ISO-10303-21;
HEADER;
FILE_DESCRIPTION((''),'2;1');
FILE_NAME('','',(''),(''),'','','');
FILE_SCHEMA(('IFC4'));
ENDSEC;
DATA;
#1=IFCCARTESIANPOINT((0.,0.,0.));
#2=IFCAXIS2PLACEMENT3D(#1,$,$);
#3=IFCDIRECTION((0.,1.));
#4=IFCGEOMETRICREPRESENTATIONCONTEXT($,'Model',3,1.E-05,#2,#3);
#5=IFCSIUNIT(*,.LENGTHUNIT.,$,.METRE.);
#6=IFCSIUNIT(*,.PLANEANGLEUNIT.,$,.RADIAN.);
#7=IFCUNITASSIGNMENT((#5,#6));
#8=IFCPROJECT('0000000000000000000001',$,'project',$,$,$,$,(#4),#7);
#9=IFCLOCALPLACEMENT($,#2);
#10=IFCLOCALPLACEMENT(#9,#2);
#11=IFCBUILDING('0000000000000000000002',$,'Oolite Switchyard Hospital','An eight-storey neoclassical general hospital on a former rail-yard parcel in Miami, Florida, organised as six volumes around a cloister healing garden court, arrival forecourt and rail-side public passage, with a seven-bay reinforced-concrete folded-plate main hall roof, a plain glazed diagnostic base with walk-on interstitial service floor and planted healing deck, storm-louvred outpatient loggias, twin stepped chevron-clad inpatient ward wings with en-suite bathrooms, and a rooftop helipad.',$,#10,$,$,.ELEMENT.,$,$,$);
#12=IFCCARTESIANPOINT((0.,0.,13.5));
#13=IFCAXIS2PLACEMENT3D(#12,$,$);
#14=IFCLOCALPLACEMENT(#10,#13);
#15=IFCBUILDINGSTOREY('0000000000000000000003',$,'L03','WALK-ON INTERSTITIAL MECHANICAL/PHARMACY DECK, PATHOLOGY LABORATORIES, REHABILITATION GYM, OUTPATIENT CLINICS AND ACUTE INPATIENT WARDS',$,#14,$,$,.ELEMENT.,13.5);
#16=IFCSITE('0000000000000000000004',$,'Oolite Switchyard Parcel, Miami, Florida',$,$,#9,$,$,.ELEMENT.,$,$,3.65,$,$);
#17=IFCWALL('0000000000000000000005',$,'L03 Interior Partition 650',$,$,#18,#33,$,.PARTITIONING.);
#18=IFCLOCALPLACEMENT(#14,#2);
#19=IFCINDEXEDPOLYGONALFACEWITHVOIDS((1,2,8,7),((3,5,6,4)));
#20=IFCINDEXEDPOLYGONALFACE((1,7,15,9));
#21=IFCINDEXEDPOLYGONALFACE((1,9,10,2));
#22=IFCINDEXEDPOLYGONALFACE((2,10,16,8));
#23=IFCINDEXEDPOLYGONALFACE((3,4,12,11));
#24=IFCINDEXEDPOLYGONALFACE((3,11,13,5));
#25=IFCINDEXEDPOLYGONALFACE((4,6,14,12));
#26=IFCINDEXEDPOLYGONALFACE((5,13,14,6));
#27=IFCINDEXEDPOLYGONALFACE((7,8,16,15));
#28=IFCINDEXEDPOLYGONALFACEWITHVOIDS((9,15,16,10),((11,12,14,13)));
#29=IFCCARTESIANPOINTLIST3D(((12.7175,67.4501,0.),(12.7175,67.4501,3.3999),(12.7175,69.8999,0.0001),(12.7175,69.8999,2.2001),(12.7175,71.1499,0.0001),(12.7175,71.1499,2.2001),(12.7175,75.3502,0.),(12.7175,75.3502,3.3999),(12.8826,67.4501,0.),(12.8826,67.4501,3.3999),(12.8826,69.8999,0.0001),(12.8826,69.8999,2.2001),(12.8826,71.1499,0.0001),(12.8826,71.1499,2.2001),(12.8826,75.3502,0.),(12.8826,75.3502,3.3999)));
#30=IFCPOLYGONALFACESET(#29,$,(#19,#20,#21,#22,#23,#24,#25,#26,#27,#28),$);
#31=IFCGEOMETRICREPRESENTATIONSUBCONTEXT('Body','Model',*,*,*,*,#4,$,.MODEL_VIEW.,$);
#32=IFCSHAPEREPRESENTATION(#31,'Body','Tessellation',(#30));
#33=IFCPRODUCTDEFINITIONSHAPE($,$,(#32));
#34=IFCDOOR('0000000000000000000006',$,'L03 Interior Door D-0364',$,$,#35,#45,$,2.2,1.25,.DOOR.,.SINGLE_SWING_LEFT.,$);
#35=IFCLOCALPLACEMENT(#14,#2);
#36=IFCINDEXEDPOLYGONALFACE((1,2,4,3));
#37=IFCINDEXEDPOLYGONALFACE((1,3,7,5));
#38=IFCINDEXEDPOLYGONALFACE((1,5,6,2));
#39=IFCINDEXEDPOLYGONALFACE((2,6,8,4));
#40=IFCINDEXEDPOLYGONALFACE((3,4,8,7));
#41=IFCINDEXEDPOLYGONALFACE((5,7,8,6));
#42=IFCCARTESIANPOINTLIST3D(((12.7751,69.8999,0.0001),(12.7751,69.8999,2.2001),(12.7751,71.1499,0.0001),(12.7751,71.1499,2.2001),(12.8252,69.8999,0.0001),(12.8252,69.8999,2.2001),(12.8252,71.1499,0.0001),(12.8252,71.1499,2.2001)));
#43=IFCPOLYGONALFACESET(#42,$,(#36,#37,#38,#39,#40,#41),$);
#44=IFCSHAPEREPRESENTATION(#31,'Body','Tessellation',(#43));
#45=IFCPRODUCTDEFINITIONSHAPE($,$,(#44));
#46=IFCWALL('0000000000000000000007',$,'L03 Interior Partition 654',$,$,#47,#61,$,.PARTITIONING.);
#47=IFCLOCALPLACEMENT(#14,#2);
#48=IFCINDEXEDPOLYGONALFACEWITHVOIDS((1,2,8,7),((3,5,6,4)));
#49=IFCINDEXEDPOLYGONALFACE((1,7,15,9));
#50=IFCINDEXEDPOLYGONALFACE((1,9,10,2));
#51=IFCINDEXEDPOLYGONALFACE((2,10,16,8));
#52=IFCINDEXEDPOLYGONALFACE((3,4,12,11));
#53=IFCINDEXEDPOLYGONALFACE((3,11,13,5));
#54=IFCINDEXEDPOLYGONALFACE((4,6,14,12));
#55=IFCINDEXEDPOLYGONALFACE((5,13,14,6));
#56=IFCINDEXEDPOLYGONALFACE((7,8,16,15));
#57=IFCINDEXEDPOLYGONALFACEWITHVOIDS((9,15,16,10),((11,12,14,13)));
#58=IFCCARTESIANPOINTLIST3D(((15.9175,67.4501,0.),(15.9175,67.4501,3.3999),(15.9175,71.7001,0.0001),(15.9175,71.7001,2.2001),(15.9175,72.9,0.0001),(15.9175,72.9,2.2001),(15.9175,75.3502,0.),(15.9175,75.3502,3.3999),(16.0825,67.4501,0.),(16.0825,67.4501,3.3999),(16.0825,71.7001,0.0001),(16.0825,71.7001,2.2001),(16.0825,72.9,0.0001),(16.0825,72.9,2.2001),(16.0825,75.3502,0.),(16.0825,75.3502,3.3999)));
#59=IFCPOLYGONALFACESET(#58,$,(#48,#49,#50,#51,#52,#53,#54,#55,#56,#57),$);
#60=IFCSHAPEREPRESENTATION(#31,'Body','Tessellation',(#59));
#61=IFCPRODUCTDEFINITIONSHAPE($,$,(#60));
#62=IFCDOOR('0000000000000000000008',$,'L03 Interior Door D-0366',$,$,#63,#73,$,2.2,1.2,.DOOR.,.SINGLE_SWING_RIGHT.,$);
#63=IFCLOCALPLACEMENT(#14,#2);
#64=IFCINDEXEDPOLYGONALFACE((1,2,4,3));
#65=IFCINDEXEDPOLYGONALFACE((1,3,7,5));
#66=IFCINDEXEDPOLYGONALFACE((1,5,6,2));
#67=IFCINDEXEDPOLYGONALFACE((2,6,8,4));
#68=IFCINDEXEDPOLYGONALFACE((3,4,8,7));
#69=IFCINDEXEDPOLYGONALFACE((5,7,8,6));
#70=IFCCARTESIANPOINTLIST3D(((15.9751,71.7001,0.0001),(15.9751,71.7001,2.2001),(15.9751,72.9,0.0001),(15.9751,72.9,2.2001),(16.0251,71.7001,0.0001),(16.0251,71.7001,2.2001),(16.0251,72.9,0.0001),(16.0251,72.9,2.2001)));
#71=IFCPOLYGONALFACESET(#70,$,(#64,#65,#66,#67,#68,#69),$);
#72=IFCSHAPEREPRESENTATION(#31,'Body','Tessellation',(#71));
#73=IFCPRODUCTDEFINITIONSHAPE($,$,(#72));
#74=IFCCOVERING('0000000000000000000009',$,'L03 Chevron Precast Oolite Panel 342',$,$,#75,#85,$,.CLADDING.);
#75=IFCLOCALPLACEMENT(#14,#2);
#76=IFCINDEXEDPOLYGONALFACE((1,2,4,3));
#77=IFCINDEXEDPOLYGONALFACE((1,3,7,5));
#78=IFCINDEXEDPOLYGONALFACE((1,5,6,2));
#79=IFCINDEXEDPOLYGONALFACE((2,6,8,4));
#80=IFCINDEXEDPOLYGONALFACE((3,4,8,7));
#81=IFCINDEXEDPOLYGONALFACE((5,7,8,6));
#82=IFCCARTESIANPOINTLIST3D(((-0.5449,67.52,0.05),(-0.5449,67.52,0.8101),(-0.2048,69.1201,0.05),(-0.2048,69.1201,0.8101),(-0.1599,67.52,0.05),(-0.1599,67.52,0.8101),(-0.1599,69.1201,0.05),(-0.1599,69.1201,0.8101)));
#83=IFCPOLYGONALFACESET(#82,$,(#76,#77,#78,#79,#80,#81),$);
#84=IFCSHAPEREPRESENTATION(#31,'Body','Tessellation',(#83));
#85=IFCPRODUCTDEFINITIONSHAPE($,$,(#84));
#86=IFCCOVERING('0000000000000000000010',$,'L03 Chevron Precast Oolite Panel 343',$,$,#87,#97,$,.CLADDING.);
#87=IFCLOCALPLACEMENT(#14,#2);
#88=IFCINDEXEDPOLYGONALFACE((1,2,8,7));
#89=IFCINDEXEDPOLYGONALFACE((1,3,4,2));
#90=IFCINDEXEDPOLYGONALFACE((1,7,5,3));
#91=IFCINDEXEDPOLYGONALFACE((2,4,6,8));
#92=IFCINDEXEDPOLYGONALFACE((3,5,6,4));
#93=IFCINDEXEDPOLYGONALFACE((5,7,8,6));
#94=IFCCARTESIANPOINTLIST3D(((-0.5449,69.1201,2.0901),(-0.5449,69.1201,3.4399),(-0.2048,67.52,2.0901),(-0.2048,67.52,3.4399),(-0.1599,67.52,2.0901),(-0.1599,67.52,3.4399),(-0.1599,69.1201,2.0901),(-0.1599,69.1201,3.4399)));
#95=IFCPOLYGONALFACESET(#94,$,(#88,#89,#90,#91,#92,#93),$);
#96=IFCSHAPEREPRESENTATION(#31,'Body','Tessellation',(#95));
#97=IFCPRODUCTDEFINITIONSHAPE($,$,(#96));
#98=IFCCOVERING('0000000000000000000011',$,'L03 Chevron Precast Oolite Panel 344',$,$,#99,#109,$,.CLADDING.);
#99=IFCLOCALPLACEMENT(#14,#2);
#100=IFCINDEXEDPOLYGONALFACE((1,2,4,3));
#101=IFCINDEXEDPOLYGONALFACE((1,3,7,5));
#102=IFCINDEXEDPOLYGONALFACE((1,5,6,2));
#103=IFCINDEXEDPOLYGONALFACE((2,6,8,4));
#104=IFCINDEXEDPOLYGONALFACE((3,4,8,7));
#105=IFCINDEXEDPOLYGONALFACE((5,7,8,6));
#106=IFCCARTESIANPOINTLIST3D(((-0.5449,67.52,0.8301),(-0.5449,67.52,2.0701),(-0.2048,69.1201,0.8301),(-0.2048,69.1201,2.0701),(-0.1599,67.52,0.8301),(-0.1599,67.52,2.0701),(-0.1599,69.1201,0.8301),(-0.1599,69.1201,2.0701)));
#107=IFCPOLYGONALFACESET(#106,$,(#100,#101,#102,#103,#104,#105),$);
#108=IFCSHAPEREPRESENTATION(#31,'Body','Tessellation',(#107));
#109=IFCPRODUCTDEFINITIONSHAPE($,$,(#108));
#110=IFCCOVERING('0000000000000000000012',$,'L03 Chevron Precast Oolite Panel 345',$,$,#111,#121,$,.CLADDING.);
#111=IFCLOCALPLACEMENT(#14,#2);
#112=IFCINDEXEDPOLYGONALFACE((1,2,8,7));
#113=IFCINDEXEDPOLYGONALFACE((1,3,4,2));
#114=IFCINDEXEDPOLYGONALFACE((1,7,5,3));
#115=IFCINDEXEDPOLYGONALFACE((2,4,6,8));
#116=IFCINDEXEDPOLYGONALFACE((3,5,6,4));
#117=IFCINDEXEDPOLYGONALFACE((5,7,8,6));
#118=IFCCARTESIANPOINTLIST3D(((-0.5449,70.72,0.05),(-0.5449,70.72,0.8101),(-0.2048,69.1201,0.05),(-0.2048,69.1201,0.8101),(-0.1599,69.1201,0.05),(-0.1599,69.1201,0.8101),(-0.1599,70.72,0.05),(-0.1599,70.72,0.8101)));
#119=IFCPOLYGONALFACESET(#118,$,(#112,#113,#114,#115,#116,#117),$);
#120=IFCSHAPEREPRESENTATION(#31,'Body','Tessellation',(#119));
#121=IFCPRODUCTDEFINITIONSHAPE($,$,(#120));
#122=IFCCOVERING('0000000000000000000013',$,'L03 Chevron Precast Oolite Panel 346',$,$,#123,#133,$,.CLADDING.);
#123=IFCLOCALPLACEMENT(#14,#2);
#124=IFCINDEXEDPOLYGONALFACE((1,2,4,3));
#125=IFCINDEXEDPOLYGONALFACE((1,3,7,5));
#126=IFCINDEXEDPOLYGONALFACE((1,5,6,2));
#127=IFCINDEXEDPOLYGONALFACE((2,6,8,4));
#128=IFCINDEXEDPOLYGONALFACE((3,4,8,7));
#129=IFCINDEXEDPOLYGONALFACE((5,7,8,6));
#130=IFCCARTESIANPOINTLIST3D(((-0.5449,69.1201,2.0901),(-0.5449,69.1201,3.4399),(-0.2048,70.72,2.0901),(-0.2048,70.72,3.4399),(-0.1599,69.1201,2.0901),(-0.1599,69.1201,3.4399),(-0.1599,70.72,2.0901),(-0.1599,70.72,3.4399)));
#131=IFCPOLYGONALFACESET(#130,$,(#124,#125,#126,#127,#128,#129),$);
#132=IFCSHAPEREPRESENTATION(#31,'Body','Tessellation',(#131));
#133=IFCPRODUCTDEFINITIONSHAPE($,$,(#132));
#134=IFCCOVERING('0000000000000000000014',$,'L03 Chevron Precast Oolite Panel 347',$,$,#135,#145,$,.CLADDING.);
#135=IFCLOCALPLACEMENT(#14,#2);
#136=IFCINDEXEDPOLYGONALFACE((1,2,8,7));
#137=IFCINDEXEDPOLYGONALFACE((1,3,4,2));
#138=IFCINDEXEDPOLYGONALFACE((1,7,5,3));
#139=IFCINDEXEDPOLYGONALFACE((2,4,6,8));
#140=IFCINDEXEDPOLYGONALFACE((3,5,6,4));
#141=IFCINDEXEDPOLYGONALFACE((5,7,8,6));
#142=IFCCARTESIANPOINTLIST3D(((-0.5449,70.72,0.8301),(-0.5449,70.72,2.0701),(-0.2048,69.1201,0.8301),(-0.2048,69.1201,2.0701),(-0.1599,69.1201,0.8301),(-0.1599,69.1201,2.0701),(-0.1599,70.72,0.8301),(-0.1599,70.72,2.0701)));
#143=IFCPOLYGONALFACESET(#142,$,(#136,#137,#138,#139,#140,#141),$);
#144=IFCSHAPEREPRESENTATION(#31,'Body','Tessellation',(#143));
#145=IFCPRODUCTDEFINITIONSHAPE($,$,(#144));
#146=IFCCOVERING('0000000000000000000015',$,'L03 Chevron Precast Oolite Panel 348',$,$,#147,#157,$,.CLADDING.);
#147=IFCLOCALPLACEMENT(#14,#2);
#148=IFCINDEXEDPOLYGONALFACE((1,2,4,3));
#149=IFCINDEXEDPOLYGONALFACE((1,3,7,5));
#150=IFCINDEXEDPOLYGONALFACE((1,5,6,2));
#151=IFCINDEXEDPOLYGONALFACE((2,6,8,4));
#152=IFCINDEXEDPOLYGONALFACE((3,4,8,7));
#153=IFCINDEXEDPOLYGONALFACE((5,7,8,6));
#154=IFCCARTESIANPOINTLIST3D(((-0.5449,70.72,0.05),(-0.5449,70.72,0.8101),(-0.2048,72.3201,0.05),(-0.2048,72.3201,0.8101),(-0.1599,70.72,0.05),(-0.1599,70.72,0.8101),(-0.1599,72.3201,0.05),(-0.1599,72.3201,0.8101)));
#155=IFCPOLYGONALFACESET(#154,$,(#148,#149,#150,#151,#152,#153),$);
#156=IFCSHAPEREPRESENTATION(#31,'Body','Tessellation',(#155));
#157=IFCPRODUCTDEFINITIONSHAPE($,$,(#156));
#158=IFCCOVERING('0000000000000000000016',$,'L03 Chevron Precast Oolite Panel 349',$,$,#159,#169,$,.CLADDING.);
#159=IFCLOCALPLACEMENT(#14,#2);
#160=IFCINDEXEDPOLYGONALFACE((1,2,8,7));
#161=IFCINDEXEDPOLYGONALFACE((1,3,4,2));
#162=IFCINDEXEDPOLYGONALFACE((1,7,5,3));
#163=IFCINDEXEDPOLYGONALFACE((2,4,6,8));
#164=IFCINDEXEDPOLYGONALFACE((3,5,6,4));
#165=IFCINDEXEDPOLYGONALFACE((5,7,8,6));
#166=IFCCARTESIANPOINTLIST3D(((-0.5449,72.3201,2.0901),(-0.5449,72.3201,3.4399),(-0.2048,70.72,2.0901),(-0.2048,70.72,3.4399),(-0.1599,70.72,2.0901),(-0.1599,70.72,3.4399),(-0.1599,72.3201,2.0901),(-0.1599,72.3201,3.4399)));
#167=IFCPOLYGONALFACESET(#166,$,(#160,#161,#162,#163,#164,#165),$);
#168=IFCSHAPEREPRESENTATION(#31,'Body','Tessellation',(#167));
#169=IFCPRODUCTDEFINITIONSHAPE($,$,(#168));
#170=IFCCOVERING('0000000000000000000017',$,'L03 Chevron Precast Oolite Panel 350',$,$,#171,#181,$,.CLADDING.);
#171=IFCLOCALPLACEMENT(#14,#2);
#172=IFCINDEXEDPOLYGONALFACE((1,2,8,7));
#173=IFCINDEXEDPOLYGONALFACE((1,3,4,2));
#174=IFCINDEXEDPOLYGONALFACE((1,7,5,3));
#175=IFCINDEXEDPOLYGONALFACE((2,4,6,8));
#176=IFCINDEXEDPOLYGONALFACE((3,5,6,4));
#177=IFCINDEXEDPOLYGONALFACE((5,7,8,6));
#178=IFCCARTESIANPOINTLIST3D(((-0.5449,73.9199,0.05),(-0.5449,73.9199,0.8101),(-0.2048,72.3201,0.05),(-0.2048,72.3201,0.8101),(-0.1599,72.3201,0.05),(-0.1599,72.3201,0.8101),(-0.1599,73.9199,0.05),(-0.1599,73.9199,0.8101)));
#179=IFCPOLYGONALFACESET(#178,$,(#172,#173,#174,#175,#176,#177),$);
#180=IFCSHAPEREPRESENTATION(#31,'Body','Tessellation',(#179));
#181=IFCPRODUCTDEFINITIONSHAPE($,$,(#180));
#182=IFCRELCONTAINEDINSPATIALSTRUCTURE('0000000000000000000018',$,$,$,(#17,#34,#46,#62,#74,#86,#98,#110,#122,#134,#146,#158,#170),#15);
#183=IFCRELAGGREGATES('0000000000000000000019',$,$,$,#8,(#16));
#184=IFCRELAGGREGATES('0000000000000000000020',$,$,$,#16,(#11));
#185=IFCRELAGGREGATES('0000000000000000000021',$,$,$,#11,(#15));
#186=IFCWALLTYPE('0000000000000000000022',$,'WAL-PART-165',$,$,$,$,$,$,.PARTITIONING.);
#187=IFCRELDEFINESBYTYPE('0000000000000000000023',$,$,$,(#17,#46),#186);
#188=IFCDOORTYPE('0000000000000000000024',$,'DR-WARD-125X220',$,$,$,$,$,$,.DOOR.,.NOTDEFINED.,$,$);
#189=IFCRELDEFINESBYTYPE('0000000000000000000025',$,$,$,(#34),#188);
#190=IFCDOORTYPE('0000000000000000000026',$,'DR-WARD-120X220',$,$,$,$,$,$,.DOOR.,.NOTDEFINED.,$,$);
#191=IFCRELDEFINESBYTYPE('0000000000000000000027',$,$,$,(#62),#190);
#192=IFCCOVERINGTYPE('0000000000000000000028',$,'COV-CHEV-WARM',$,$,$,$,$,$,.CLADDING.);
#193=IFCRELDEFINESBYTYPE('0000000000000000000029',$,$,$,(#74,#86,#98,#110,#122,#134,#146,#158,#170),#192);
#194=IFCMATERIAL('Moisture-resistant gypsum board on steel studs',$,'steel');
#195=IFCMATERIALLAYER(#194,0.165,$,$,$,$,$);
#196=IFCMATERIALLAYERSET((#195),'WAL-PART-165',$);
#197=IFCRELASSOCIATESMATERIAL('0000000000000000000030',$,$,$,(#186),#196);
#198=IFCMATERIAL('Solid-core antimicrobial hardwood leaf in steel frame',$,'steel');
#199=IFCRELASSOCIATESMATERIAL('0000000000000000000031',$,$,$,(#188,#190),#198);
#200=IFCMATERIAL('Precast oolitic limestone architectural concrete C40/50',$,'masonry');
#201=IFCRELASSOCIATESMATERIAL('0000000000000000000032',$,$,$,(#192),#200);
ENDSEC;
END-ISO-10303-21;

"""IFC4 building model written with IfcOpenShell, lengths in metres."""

from ifc_helpers import new_model, si_unit, direction, frame, frame_2d, origin, place, context, subcontext, project, spatial, polyline, rectangle, outline, extrude, material, layer, layer_set, type_object, element, fill, save


model = new_model("IFC4")

# Units and contexts
model_context = context("Model", 3, precision=1e-05, world=origin(), true_north=direction((0.0, 1.0)))
body_context = subcontext(model_context, "Body", "Model", "MODEL_VIEW")
ifc_project = project(units=[si_unit("LENGTHUNIT", "METRE"), si_unit("PLANEANGLEUNIT", "RADIAN")], contexts=[model_context])

# Site, building, storey
site_placement = place(None, origin())
site = spatial("IfcSite", under=ifc_project, at=site_placement, Name="Oolite Switchyard Parcel, Miami, Florida", CompositionType="ELEMENT", RefElevation=3.65)
building_placement = place(site_placement, origin())
building = spatial("IfcBuilding", under=site, at=building_placement, Name="Oolite Switchyard Hospital", Description="An eight-storey neoclassical general hospital on a former rail-yard parcel in Miami, Florida, organised as six volumes around a cloister healing garden court, arrival forecourt and rail-side public passage, with a seven-bay reinforced-concrete folded-plate main hall roof, a plain glazed diagnostic base with walk-on interstitial service floor and planted healing deck, storm-louvred outpatient loggias, twin stepped chevron-clad inpatient ward wings with en-suite bathrooms, and a rooftop helipad.", CompositionType="ELEMENT")
storey_placement = place(building_placement, frame((0.0, 0.0, 13.5)))
storey = spatial("IfcBuildingStorey", under=building, at=storey_placement, Name="L03", Description="WALK-ON INTERSTITIAL MECHANICAL/PHARMACY DECK, PATHOLOGY LABORATORIES, REHABILITATION GYM, OUTPATIENT CLINICS AND ACUTE INPATIENT WARDS", CompositionType="ELEMENT", Elevation=13.5)

# Shared definitions
ifc_material_1 = material(Name="Moisture-resistant gypsum board on steel studs", Category="steel")

# Shared definitions
ifc_material_2 = material(Name="Solid-core antimicrobial hardwood leaf in steel frame", Category="steel")

# Walls, openings, doors
ifc_layer_1 = layer(ifc_material_1, 0.165)
ifc_layer_set_1 = layer_set([ifc_layer_1], Name="WAL-PART-165")
wall_type_1 = type_object("IfcWallType", Name="WAL-PART-165", PredefinedType="PARTITIONING", material=ifc_layer_set_1)
wall_1_placement = place(storey_placement, frame((12.8, 67.45, 0.0), z_axis=(0.0, 0.0, 1.0), x_axis=(0.0, 1.0, 0.0)))
wall_1 = element("IfcWall", 1, at=wall_1_placement, inside=storey, type_object=wall_type_1, Name="L03 Interior Partition 650", PredefinedType="PARTITIONING", context=body_context, shape_type="SweptSolid", body=[
    extrude(rectangle(XDim=7.9001, YDim=0.165, at=frame_2d((3.9502, 0.0))), origin(), (0.0, 0.0, 1.0), 3.3999),
])
opening_1_placement = place(wall_1_placement, frame((2.45, 0.0, 0.0)))
opening_1 = element("IfcOpeningElement", 2, at=opening_1_placement, cuts=wall_1, PredefinedType="OPENING", context=body_context, shape_type="SweptSolid", body=[
    extrude(rectangle(XDim=1.25, YDim=2.2, at=frame_2d((0.625, 1.1001))), frame((0.0, 0.0925, 0.0), z_axis=(0.0, -1.0, 0.0), x_axis=(1.0, 0.0, 0.0)), (0.0, 0.0, 1.0), 0.1851),
])
door_type_1 = type_object("IfcDoorType", Name="DR-WARD-125X220", OperationType="NOTDEFINED", PredefinedType="DOOR", material=ifc_material_2)
door_1_placement = place(opening_1_placement, origin())
door_1 = element("IfcDoor", 3, at=door_1_placement, inside=storey, type_object=door_type_1, Name="L03 Interior Door D-0364", OperationType="SINGLE_SWING_LEFT", OverallHeight=2.2, OverallWidth=1.25, PredefinedType="DOOR", context=body_context, shape_type="SweptSolid", body=[
    extrude(rectangle(XDim=1.25, YDim=2.2, at=frame_2d((0.625, 1.1001))), frame((0.0, 0.0249, 0.0), z_axis=(0.0, -1.0, 0.0), x_axis=(1.0, 0.0, 0.0)), (0.0, 0.0, 1.0), 0.05),
])
fill(opening_1, door_1)
wall_2_placement = place(storey_placement, frame((16.0, 67.45, 0.0), z_axis=(0.0, 0.0, 1.0), x_axis=(0.0, 1.0, 0.0)))
wall_2 = element("IfcWall", 4, at=wall_2_placement, inside=storey, type_object=wall_type_1, Name="L03 Interior Partition 654", PredefinedType="PARTITIONING", context=body_context, shape_type="SweptSolid", body=[
    extrude(rectangle(XDim=7.9001, YDim=0.165, at=frame_2d((3.9502, 0.0))), origin(), (0.0, 0.0, 1.0), 3.3999),
])
opening_2_placement = place(wall_2_placement, frame((4.25, 0.0, 0.0)))
opening_2 = element("IfcOpeningElement", 5, at=opening_2_placement, cuts=wall_2, PredefinedType="OPENING", context=body_context, shape_type="SweptSolid", body=[
    extrude(rectangle(XDim=1.2, YDim=2.2, at=frame_2d((0.6001, 1.1001))), frame((0.0, 0.0925, 0.0), z_axis=(0.0, -1.0, 0.0), x_axis=(1.0, 0.0, 0.0)), (0.0, 0.0, 1.0), 0.1851),
])
door_type_2 = type_object("IfcDoorType", Name="DR-WARD-120X220", OperationType="NOTDEFINED", PredefinedType="DOOR", material=ifc_material_2)
door_2_placement = place(opening_2_placement, origin())
door_2 = element("IfcDoor", 6, at=door_2_placement, inside=storey, type_object=door_type_2, Name="L03 Interior Door D-0366", OperationType="SINGLE_SWING_RIGHT", OverallHeight=2.2, OverallWidth=1.2, PredefinedType="DOOR", context=body_context, shape_type="SweptSolid", body=[
    extrude(rectangle(XDim=1.2, YDim=2.2, at=frame_2d((0.6001, 1.1001))), frame((0.0, 0.0249, 0.0), z_axis=(0.0, -1.0, 0.0), x_axis=(1.0, 0.0, 0.0)), (0.0, 0.0, 1.0), 0.05),
])
fill(opening_2, door_2)

# Coverings
ifc_material_3 = material(Name="Precast oolitic limestone architectural concrete C40/50", Category="masonry")
covering_type = type_object("IfcCoveringType", Name="COV-CHEV-WARM", PredefinedType="CLADDING", material=ifc_material_3)
covering_1_placement = place(storey_placement, frame((-0.1599, 67.52, 0.05), z_axis=(0.0, 0.0, 1.0), x_axis=(0.0, 1.0, 0.0)))
element("IfcCovering", 7, at=covering_1_placement, inside=storey, type_object=covering_type, Name="L03 Chevron Precast Oolite Panel 342", PredefinedType="CLADDING", context=body_context, shape_type="SweptSolid", body=[
    extrude(outline(polyline([(0.0, 0.0), (1.6001, 0.0), (1.6001, 0.0449), (0.0, 0.385), (0.0, 0.0)])), origin(), (0.0, 0.0, 1.0), 0.76),
])
covering_2_placement = place(storey_placement, frame((-0.1599, 67.52, 2.0901), z_axis=(0.0, 0.0, 1.0), x_axis=(0.0, 1.0, 0.0)))
element("IfcCovering", 8, at=covering_2_placement, inside=storey, type_object=covering_type, Name="L03 Chevron Precast Oolite Panel 343", PredefinedType="CLADDING", context=body_context, shape_type="SweptSolid", body=[
    extrude(outline(polyline([(0.0, 0.0), (1.6001, 0.0), (1.6001, 0.385), (0.0, 0.0449), (0.0, 0.0)])), origin(), (0.0, 0.0, 1.0), 1.3499),
])
covering_3_placement = place(storey_placement, frame((-0.1599, 67.52, 0.8301), z_axis=(0.0, 0.0, 1.0), x_axis=(0.0, 1.0, 0.0)))
element("IfcCovering", 9, at=covering_3_placement, inside=storey, type_object=covering_type, Name="L03 Chevron Precast Oolite Panel 344", PredefinedType="CLADDING", context=body_context, shape_type="SweptSolid", body=[
    extrude(outline(polyline([(0.0, 0.0), (1.6001, 0.0), (1.6001, 0.0449), (0.0, 0.385), (0.0, 0.0)])), origin(), (0.0, 0.0, 1.0), 1.24),
])
covering_4_placement = place(storey_placement, frame((-0.1599, 69.1201, 0.05), z_axis=(0.0, 0.0, 1.0), x_axis=(0.0, 1.0, 0.0)))
element("IfcCovering", 10, at=covering_4_placement, inside=storey, type_object=covering_type, Name="L03 Chevron Precast Oolite Panel 345", PredefinedType="CLADDING", context=body_context, shape_type="SweptSolid", body=[
    extrude(outline(polyline([(0.0, 0.0), (1.5999, 0.0), (1.5999, 0.385), (0.0, 0.0449), (0.0, 0.0)])), origin(), (0.0, 0.0, 1.0), 0.76),
])
covering_5_placement = place(storey_placement, frame((-0.1599, 69.1201, 2.0901), z_axis=(0.0, 0.0, 1.0), x_axis=(0.0, 1.0, 0.0)))
element("IfcCovering", 11, at=covering_5_placement, inside=storey, type_object=covering_type, Name="L03 Chevron Precast Oolite Panel 346", PredefinedType="CLADDING", context=body_context, shape_type="SweptSolid", body=[
    extrude(outline(polyline([(0.0, 0.0), (1.5999, 0.0), (1.5999, 0.0449), (0.0, 0.385), (0.0, 0.0)])), origin(), (0.0, 0.0, 1.0), 1.3499),
])
covering_6_placement = place(storey_placement, frame((-0.1599, 69.1201, 0.8301), z_axis=(0.0, 0.0, 1.0), x_axis=(0.0, 1.0, 0.0)))
element("IfcCovering", 12, at=covering_6_placement, inside=storey, type_object=covering_type, Name="L03 Chevron Precast Oolite Panel 347", PredefinedType="CLADDING", context=body_context, shape_type="SweptSolid", body=[
    extrude(outline(polyline([(0.0, 0.0), (1.5999, 0.0), (1.5999, 0.385), (0.0, 0.0449), (0.0, 0.0)])), origin(), (0.0, 0.0, 1.0), 1.24),
])
covering_7_placement = place(storey_placement, frame((-0.1599, 70.72, 0.05), z_axis=(0.0, 0.0, 1.0), x_axis=(0.0, 1.0, 0.0)))
element("IfcCovering", 13, at=covering_7_placement, inside=storey, type_object=covering_type, Name="L03 Chevron Precast Oolite Panel 348", PredefinedType="CLADDING", context=body_context, shape_type="SweptSolid", body=[
    extrude(outline(polyline([(0.0, 0.0), (1.6001, 0.0), (1.6001, 0.0449), (0.0, 0.385), (0.0, 0.0)])), origin(), (0.0, 0.0, 1.0), 0.76),
])
covering_8_placement = place(storey_placement, frame((-0.1599, 70.72, 2.0901), z_axis=(0.0, 0.0, 1.0), x_axis=(0.0, 1.0, 0.0)))
element("IfcCovering", 14, at=covering_8_placement, inside=storey, type_object=covering_type, Name="L03 Chevron Precast Oolite Panel 349", PredefinedType="CLADDING", context=body_context, shape_type="SweptSolid", body=[
    extrude(outline(polyline([(0.0, 0.0), (1.6001, 0.0), (1.6001, 0.385), (0.0, 0.0449), (0.0, 0.0)])), origin(), (0.0, 0.0, 1.0), 1.3499),
])
covering_9_placement = place(storey_placement, frame((-0.1599, 72.3201, 0.05), z_axis=(0.0, 0.0, 1.0), x_axis=(0.0, 1.0, 0.0)))
element("IfcCovering", 15, at=covering_9_placement, inside=storey, type_object=covering_type, Name="L03 Chevron Precast Oolite Panel 350", PredefinedType="CLADDING", context=body_context, shape_type="SweptSolid", body=[
    extrude(outline(polyline([(0.0, 0.0), (1.5999, 0.0), (1.5999, 0.385), (0.0, 0.0449), (0.0, 0.0)])), origin(), (0.0, 0.0, 1.0), 0.76),
])

save(model, "model.ifc")
